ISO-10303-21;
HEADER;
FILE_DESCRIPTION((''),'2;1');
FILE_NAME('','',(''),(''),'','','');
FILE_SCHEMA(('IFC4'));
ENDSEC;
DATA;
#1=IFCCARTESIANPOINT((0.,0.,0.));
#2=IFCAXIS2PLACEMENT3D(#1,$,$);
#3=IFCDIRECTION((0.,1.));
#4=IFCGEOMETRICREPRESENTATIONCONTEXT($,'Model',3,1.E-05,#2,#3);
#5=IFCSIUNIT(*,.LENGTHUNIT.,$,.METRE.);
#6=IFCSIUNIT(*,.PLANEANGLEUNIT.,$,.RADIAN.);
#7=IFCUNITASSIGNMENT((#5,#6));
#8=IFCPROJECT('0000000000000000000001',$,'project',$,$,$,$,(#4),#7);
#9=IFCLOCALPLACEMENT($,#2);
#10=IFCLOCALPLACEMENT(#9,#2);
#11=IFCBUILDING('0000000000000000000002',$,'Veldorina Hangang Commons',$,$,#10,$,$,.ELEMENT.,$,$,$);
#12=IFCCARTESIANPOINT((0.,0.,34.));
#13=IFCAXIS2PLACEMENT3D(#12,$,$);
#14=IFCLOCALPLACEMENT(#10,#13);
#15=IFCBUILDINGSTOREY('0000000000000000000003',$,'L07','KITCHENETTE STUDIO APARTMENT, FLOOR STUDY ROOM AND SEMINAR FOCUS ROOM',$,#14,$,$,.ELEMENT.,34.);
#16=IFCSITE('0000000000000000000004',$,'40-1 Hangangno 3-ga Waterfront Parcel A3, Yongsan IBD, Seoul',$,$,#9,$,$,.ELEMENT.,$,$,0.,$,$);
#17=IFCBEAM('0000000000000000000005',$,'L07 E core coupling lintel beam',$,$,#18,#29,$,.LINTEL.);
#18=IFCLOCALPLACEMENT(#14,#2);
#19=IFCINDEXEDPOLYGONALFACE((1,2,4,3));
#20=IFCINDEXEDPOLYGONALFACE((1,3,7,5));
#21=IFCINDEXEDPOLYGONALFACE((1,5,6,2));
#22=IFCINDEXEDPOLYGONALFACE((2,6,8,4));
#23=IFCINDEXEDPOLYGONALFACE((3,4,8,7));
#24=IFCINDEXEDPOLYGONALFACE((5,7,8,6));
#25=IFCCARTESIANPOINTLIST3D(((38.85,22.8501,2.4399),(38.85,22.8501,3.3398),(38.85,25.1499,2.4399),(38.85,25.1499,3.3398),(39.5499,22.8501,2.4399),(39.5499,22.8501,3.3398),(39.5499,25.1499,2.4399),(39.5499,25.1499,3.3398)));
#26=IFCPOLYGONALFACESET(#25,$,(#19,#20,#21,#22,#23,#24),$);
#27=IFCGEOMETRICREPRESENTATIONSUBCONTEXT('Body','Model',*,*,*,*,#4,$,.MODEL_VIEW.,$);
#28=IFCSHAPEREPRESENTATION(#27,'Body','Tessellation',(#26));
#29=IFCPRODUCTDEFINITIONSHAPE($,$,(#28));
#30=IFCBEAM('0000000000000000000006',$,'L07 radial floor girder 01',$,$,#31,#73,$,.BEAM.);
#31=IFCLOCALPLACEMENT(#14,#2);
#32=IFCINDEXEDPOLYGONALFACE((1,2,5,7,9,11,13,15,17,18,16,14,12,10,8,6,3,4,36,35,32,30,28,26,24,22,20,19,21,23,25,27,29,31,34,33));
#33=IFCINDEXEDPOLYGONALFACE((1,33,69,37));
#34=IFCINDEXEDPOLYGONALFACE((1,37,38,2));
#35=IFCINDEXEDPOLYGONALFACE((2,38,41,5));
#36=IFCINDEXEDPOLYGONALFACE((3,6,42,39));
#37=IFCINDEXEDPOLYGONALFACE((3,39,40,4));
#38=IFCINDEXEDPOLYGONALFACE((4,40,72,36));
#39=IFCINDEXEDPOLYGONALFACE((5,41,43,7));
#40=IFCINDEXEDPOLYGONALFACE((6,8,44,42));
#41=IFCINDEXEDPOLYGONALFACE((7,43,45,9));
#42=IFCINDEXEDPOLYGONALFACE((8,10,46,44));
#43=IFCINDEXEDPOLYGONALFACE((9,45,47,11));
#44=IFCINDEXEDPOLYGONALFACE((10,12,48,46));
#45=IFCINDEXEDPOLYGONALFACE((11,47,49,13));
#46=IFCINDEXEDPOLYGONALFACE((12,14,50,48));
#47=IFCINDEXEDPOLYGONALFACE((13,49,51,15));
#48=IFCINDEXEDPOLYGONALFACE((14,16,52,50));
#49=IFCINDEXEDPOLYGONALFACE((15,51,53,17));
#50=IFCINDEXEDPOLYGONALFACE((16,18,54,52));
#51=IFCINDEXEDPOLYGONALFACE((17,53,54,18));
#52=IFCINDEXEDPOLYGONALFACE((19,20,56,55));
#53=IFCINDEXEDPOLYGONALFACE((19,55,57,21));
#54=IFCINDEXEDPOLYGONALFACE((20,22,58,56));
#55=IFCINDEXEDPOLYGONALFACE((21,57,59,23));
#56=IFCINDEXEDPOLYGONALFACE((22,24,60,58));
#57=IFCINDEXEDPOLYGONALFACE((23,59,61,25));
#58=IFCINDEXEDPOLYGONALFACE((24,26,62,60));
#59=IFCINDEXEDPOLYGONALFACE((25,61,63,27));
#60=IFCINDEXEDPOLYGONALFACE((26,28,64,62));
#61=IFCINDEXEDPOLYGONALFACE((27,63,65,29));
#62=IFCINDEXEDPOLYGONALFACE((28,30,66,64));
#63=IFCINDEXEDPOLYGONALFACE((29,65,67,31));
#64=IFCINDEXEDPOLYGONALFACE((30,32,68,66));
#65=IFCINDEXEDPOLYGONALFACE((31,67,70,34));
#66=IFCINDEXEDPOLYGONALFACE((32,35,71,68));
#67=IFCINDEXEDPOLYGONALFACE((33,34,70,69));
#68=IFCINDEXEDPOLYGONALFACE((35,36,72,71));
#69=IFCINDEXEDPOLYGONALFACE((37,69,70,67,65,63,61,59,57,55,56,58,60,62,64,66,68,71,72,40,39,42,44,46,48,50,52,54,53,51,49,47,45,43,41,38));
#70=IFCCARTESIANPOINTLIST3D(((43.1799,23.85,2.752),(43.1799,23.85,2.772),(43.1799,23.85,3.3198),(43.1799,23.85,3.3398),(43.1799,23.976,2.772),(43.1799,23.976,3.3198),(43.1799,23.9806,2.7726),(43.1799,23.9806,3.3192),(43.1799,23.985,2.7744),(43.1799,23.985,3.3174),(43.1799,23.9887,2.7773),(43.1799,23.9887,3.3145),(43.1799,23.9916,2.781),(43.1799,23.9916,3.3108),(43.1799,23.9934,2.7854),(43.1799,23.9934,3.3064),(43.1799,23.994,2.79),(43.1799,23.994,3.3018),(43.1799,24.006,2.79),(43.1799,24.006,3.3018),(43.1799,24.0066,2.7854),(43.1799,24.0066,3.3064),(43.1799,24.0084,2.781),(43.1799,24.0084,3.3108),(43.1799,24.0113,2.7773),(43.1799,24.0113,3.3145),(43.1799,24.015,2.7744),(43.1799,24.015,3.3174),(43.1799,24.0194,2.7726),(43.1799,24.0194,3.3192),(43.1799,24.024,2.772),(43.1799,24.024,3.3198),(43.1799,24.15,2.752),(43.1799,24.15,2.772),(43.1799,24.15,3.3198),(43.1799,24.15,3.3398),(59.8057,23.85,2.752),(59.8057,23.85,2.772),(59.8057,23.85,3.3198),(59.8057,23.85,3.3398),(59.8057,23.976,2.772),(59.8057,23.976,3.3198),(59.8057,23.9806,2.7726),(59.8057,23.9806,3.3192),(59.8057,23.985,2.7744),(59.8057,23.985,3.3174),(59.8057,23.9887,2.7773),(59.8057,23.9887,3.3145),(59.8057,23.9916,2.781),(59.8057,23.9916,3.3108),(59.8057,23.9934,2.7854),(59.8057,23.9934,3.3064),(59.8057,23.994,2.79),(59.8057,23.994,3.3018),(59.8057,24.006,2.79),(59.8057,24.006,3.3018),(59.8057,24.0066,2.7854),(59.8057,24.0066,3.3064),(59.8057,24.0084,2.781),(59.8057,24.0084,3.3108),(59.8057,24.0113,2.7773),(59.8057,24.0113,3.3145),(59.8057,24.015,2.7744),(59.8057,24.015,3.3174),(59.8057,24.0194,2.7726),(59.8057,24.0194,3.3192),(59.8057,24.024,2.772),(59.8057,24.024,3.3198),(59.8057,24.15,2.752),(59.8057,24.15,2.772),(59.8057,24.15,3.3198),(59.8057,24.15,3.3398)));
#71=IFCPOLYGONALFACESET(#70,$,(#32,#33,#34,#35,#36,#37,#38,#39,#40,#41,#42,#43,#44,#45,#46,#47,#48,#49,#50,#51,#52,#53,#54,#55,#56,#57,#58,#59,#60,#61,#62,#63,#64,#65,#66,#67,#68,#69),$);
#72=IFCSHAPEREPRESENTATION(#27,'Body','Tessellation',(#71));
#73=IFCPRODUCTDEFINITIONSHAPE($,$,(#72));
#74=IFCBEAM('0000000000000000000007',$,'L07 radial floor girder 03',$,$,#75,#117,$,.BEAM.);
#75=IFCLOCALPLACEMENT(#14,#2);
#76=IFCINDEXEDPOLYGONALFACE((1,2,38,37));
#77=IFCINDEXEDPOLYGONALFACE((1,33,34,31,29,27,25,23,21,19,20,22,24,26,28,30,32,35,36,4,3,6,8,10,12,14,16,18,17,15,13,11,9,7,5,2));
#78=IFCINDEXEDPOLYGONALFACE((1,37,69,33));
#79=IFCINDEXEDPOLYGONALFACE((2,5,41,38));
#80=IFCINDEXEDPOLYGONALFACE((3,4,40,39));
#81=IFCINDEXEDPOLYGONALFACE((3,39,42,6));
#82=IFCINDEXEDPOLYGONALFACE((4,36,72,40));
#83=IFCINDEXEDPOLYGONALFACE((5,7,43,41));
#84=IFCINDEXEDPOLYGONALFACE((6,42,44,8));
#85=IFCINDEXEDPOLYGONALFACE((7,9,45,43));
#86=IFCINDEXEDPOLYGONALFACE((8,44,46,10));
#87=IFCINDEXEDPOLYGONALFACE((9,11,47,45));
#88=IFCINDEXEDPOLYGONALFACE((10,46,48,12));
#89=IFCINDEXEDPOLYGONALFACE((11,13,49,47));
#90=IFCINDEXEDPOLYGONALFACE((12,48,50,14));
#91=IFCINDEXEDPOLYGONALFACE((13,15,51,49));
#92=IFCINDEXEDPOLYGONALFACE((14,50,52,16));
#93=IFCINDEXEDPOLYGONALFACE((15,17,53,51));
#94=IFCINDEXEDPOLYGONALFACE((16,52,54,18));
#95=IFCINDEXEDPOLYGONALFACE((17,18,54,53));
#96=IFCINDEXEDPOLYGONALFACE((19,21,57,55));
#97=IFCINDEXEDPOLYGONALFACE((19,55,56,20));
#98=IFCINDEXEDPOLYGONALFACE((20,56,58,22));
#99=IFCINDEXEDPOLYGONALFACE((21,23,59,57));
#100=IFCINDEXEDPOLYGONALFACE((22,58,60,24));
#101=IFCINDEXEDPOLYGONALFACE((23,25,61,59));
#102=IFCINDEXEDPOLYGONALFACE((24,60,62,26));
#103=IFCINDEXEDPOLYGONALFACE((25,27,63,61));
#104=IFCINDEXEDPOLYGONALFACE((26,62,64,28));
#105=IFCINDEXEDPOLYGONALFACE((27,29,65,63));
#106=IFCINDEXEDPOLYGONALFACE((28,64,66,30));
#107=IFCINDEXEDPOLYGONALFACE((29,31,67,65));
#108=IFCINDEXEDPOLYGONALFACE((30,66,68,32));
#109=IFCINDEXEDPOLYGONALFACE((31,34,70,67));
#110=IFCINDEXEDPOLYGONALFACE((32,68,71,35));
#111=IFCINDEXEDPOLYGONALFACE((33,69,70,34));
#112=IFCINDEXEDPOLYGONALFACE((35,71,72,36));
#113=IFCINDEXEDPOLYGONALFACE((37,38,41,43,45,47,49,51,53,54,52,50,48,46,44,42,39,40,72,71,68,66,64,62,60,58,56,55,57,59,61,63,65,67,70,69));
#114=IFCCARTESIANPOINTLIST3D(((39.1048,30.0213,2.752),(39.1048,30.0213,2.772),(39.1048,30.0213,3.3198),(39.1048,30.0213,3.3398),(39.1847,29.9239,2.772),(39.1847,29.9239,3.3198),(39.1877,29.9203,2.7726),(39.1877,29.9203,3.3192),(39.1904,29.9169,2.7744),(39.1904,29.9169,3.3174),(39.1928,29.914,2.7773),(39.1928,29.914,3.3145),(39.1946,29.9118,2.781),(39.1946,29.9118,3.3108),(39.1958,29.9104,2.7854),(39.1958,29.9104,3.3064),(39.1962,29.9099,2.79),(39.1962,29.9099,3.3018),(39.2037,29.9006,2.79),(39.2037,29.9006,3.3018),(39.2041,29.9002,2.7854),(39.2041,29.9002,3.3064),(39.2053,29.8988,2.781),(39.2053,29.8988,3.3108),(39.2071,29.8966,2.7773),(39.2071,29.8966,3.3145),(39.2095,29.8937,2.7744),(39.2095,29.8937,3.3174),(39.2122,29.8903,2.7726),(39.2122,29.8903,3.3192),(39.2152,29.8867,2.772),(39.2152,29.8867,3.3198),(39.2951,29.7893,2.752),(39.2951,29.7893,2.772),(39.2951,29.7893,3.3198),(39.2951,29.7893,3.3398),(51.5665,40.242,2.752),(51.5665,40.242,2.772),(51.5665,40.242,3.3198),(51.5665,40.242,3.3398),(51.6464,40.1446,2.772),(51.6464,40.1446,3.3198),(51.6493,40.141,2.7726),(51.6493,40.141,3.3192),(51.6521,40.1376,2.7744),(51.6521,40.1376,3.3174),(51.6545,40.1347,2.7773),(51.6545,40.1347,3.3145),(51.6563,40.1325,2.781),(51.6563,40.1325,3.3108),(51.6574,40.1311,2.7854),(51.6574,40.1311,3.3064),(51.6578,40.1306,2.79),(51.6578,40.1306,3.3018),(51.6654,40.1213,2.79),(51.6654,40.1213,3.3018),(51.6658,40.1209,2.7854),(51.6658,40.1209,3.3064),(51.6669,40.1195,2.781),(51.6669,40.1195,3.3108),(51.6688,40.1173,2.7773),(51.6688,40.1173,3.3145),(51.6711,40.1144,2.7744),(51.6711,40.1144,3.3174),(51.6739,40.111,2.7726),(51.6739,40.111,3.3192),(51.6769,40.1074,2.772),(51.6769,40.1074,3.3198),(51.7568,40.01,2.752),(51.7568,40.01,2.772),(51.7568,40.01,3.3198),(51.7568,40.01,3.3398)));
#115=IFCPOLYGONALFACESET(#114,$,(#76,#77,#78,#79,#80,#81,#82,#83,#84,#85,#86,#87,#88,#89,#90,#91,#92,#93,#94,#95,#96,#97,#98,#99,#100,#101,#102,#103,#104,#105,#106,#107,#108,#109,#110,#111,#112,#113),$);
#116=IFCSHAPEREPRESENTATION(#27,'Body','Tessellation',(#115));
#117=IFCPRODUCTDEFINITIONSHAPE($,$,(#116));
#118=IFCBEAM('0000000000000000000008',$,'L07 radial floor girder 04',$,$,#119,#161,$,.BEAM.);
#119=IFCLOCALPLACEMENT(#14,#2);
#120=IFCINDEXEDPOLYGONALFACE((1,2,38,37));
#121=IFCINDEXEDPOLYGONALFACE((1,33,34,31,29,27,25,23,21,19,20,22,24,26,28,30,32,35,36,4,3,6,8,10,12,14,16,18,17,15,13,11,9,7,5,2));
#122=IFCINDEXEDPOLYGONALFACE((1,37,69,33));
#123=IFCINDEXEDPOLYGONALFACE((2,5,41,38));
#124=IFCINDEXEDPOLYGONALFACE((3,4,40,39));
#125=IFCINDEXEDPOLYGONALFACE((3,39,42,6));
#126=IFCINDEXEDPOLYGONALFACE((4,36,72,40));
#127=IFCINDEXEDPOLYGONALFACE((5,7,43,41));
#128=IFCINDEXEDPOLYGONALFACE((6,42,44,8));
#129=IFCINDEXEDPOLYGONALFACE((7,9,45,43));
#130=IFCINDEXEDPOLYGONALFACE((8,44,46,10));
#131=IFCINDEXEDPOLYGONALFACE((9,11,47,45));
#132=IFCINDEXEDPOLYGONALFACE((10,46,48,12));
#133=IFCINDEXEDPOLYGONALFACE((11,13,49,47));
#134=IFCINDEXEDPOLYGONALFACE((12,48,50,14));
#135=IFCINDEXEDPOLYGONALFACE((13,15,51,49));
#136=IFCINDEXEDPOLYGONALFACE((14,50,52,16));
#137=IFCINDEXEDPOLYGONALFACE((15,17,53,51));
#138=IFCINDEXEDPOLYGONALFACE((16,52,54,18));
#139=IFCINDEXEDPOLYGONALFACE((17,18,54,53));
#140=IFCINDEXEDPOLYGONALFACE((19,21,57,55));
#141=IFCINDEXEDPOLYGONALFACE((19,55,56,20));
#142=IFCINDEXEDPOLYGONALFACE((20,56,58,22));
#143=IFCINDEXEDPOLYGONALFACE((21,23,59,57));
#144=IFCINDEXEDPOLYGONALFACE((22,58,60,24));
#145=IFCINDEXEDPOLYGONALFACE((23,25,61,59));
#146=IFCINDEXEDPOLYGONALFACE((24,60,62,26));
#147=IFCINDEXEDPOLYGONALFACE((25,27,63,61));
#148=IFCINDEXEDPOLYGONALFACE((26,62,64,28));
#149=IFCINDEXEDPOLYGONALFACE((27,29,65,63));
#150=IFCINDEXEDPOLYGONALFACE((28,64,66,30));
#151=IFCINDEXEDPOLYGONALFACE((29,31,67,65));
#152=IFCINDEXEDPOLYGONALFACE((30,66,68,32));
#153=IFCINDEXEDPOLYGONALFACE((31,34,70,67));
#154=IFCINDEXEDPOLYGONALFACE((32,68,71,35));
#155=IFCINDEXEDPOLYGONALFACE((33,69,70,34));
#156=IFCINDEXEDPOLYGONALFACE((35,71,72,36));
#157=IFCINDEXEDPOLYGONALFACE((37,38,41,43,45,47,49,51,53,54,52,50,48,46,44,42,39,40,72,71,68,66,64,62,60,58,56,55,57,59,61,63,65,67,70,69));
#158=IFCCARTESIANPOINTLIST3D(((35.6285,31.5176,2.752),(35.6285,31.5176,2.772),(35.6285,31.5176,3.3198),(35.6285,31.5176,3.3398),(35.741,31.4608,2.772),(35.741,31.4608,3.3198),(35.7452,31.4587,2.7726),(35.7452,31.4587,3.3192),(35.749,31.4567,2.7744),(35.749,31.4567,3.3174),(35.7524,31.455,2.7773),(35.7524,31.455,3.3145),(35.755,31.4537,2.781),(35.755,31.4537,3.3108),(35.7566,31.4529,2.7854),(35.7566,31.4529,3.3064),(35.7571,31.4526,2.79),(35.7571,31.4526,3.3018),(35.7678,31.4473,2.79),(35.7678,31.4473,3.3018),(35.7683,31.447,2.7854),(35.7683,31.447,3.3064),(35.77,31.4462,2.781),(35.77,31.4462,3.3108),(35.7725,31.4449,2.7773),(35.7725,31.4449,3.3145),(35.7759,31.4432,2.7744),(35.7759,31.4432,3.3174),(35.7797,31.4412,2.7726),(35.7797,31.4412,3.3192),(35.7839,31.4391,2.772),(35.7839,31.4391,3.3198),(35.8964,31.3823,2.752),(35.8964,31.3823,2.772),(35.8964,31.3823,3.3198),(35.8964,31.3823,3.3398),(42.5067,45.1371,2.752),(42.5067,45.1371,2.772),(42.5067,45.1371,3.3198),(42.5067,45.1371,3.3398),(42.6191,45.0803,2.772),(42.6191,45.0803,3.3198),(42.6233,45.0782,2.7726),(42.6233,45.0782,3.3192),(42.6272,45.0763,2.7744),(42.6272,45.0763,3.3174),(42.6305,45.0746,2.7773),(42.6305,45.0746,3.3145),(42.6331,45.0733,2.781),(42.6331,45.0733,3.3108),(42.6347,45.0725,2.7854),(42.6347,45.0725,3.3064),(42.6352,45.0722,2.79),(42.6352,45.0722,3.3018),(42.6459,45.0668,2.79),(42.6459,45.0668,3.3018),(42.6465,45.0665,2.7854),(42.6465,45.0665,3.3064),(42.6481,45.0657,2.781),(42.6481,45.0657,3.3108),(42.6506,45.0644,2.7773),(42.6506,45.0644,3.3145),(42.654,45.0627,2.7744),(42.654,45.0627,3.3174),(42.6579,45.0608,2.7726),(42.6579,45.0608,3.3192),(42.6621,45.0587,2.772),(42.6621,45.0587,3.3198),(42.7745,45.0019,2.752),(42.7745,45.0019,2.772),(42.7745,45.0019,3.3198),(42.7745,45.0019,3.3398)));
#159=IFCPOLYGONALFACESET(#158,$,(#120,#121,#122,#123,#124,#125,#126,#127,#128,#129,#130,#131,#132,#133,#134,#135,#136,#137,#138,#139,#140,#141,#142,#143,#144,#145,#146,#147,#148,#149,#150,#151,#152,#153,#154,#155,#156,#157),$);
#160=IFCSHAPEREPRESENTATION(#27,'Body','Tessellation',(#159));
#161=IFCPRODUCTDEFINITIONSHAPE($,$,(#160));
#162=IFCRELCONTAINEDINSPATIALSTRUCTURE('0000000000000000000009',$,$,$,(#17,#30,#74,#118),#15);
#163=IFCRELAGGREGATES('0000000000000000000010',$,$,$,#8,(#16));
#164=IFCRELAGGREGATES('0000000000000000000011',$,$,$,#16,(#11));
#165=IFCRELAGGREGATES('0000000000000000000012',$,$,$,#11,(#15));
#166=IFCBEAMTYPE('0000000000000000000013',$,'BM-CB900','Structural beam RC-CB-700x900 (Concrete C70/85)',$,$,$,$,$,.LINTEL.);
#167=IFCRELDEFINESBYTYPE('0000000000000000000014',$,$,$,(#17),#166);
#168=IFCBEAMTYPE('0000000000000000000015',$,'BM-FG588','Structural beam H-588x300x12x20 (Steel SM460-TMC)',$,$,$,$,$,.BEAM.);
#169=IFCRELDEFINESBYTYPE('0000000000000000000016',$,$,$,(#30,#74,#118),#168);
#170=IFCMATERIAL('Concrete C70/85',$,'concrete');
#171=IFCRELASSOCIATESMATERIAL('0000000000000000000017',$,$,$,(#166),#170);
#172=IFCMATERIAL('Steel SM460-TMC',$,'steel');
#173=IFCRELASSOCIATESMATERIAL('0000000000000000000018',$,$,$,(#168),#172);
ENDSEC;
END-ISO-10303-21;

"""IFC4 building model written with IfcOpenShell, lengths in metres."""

from ifc_helpers import new_model, si_unit, direction, frame, origin, origin_2d, place, context, subcontext, project, spatial, rectangle, i_section, extrude, material, material_profile, profile_set, type_object, element, save


model = new_model("IFC4")

# Units and contexts
model_context = context("Model", 3, precision=1e-05, world=origin(), true_north=direction((0.0, 1.0)))
body_context = subcontext(model_context, "Body", "Model", "MODEL_VIEW")
ifc_project = project(units=[si_unit("LENGTHUNIT", "METRE"), si_unit("PLANEANGLEUNIT", "RADIAN")], contexts=[model_context])

# Site, building, storey
site_placement = place(None, origin())
site = spatial("IfcSite", under=ifc_project, at=site_placement, Name="40-1 Hangangno 3-ga Waterfront Parcel A3, Yongsan IBD, Seoul", CompositionType="ELEMENT", RefElevation=0.0)
building_placement = place(site_placement, origin())
building = spatial("IfcBuilding", under=site, at=building_placement, Name="Veldorina Hangang Commons", CompositionType="ELEMENT")
storey_placement = place(building_placement, frame((0.0, 0.0, 34.0)))
storey = spatial("IfcBuildingStorey", under=building, at=storey_placement, Name="L07", Description="KITCHENETTE STUDIO APARTMENT, FLOOR STUDY ROOM AND SEMINAR FOCUS ROOM", CompositionType="ELEMENT", Elevation=34.0)

# Beams
ifc_material_1 = material(Name="Concrete C70/85", Category="concrete")
ifc_material_profile_1 = material_profile(ifc_material_1, rectangle(XDim=0.7, YDim=0.8999, at=origin_2d()), Name="RC-CB-700x900")
ifc_profile_set_1 = profile_set([ifc_material_profile_1], Name="Concrete C70/85")
beam_type_1 = type_object("IfcBeamType", Name="BM-CB900", Description="Structural beam RC-CB-700x900 (Concrete C70/85)", PredefinedType="LINTEL", material=ifc_profile_set_1)
beam_1_placement = place(storey_placement, frame((39.2, 22.8501, 2.8899), z_axis=(0.0, 1.0, 0.0), x_axis=(-1.0, 0.0, 0.0)))
element("IfcBeam", 1, at=beam_1_placement, inside=storey, type_object=beam_type_1, Name="L07 E core coupling lintel beam", PredefinedType="LINTEL", context=body_context, shape_type="SweptSolid", body=[
    extrude(rectangle(XDim=0.7, YDim=0.8999, at=origin_2d()), origin(), (0.0, 0.0, 1.0), 2.2998),
])
ifc_material_2 = material(Name="Steel SM460-TMC", Category="steel")
ifc_material_profile_2 = material_profile(ifc_material_2, i_section(OverallWidth=0.3, OverallDepth=0.5879, WebThickness=0.012, FlangeThickness=0.02, FilletRadius=0.0181, at=origin_2d()), Name="H-588x300x12x20")
ifc_profile_set_2 = profile_set([ifc_material_profile_2], Name="Steel SM460-TMC")
beam_type_2 = type_object("IfcBeamType", Name="BM-FG588", Description="Structural beam H-588x300x12x20 (Steel SM460-TMC)", PredefinedType="BEAM", material=ifc_profile_set_2)
beam_2_placement = place(storey_placement, frame((43.1799, 24.0, 3.0459), z_axis=(1.0, 0.0, 0.0), x_axis=(0.0, 1.0, 0.0)))
element("IfcBeam", 2, at=beam_2_placement, inside=storey, type_object=beam_type_2, Name="L07 radial floor girder 01", PredefinedType="BEAM", context=body_context, shape_type="SweptSolid", body=[
    extrude(i_section(OverallWidth=0.3, OverallDepth=0.5879, WebThickness=0.012, FlangeThickness=0.02, FilletRadius=0.0181, at=origin_2d()), origin(), (0.0, 0.0, 1.0), 16.6257),
])
beam_3_placement = place(storey_placement, frame((39.2, 29.9053, 3.0459), z_axis=(0.773203, 0.634159, 0.0), x_axis=(-0.634159, 0.773203, 0.0)))
element("IfcBeam", 3, at=beam_3_placement, inside=storey, type_object=beam_type_2, Name="L07 radial floor girder 03", PredefinedType="BEAM", context=body_context, shape_type="SweptSolid", body=[
    extrude(i_section(OverallWidth=0.3, OverallDepth=0.5879, WebThickness=0.012, FlangeThickness=0.02, FilletRadius=0.0181, at=origin_2d()), origin(), (0.0, 0.0, 1.0), 16.1169),
])
beam_4_placement = place(storey_placement, frame((35.7625, 31.45, 3.0459), z_axis=(0.450794, 0.892628, 0.0), x_axis=(-0.892628, 0.450794, 0.0)))
element("IfcBeam", 4, at=beam_4_placement, inside=storey, type_object=beam_type_2, Name="L07 radial floor girder 04", PredefinedType="BEAM", context=body_context, shape_type="SweptSolid", body=[
    extrude(i_section(OverallWidth=0.3, OverallDepth=0.5879, WebThickness=0.012, FlangeThickness=0.02, FilletRadius=0.0181, at=origin_2d()), origin(), (0.0, 0.0, 1.0), 15.2578),
])

save(model, "model.ifc")
